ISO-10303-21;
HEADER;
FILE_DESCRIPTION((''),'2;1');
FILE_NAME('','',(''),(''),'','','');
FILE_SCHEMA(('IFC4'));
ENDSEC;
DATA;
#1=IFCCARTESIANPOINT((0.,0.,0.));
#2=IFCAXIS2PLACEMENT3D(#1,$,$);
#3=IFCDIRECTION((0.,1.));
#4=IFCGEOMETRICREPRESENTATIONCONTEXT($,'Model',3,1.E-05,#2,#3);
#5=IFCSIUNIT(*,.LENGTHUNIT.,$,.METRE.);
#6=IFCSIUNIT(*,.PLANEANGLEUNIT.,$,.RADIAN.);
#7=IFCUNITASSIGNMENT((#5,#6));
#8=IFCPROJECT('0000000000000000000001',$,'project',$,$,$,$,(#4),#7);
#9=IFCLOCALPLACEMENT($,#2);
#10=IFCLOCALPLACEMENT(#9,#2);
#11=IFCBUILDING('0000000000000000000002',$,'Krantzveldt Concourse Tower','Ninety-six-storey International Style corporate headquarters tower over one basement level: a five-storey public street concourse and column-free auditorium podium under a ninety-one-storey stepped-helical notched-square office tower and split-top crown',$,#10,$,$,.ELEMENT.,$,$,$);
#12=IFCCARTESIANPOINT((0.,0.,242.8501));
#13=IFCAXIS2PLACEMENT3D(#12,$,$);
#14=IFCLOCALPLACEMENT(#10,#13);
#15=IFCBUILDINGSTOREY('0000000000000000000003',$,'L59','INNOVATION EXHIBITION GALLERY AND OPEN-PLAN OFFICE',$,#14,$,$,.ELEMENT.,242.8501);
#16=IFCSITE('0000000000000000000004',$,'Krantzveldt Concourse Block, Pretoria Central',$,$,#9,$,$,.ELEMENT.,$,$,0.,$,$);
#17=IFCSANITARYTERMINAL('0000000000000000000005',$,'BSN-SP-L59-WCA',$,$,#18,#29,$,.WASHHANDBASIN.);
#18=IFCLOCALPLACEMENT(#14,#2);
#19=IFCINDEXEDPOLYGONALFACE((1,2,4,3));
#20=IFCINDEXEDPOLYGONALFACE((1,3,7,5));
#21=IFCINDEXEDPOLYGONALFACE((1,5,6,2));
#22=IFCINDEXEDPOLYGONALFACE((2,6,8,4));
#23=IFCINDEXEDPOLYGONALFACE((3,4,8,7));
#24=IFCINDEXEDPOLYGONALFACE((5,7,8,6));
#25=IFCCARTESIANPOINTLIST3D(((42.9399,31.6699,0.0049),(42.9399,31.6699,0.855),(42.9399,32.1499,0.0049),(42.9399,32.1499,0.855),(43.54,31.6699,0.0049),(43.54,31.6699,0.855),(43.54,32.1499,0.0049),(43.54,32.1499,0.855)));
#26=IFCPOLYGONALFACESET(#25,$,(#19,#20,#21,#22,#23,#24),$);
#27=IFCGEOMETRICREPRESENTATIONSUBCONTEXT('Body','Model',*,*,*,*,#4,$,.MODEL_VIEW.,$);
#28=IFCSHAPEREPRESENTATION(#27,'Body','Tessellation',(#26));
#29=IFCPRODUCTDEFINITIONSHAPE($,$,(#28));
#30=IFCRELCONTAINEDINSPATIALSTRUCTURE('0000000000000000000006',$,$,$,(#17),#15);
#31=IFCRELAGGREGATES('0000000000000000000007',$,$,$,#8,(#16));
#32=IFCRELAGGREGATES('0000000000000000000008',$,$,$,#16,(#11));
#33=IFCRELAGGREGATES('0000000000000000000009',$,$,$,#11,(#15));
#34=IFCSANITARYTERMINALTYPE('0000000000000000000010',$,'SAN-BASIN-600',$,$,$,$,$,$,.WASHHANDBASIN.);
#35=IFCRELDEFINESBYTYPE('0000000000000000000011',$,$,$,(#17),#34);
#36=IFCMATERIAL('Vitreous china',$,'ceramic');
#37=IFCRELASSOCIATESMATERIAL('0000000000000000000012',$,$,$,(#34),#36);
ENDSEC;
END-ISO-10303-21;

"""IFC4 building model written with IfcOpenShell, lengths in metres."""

from ifc_helpers import new_model, si_unit, direction, frame, origin, origin_2d, place, context, subcontext, project, spatial, rectangle, extrude, source, transform, mapped, material, type_object, type_shapes, element, save


model = new_model("IFC4")

# Units and contexts
model_context = context("Model", 3, precision=1e-05, world=origin(), true_north=direction((0.0, 1.0)))
body_context = subcontext(model_context, "Body", "Model", "MODEL_VIEW")
ifc_project = project(units=[si_unit("LENGTHUNIT", "METRE"), si_unit("PLANEANGLEUNIT", "RADIAN")], contexts=[model_context])

# Site, building, storey
site_placement = place(None, origin())
site = spatial("IfcSite", under=ifc_project, at=site_placement, Name="Krantzveldt Concourse Block, Pretoria Central", CompositionType="ELEMENT", RefElevation=0.0)
building_placement = place(site_placement, origin())
building = spatial("IfcBuilding", under=site, at=building_placement, Name="Krantzveldt Concourse Tower", Description="Ninety-six-storey International Style corporate headquarters tower over one basement level: a five-storey public street concourse and column-free auditorium podium under a ninety-one-storey stepped-helical notched-square office tower and split-top crown", CompositionType="ELEMENT")
storey_placement = place(building_placement, frame((0.0, 0.0, 242.8501)))
storey = spatial("IfcBuildingStorey", under=building, at=storey_placement, Name="L59", Description="INNOVATION EXHIBITION GALLERY AND OPEN-PLAN OFFICE", CompositionType="ELEMENT", Elevation=242.8501)

# Sanitary terminal
ifc_material_1 = material(Name="Vitreous china", Category="ceramic")
sanitary_terminal_type = type_object("IfcSanitaryTerminalType", Name="SAN-BASIN-600", PredefinedType="WASHHANDBASIN", material=ifc_material_1)
shared_shape_1 = source(origin(), body_context, "Body", "SweptSolid", [
    extrude(rectangle(XDim=0.6001, YDim=0.48, at=origin_2d()), origin(), (0.0, 0.0, 1.0), 0.8501),
])
type_shapes(sanitary_terminal_type, [shared_shape_1])
sanitary_terminal_placement = place(storey_placement, frame((43.24, 31.9099, 0.0049), z_axis=(0.0, 0.0, 1.0), x_axis=(1.0, 0.0, 0.0)))
element("IfcSanitaryTerminal", 1, at=sanitary_terminal_placement, inside=storey, type_object=sanitary_terminal_type, Name="BSN-SP-L59-WCA", PredefinedType="WASHHANDBASIN", context=body_context, shape_type="MappedRepresentation", body=[
    mapped(shared_shape_1, transform((0.0, 0.0, 0.0), x_axis=(1.0, 0.0, 0.0), y_axis=(0.0, 1.0, 0.0), z_axis=(0.0, 0.0, 1.0), scale=1.0)),
])

save(model, "model.ifc")
